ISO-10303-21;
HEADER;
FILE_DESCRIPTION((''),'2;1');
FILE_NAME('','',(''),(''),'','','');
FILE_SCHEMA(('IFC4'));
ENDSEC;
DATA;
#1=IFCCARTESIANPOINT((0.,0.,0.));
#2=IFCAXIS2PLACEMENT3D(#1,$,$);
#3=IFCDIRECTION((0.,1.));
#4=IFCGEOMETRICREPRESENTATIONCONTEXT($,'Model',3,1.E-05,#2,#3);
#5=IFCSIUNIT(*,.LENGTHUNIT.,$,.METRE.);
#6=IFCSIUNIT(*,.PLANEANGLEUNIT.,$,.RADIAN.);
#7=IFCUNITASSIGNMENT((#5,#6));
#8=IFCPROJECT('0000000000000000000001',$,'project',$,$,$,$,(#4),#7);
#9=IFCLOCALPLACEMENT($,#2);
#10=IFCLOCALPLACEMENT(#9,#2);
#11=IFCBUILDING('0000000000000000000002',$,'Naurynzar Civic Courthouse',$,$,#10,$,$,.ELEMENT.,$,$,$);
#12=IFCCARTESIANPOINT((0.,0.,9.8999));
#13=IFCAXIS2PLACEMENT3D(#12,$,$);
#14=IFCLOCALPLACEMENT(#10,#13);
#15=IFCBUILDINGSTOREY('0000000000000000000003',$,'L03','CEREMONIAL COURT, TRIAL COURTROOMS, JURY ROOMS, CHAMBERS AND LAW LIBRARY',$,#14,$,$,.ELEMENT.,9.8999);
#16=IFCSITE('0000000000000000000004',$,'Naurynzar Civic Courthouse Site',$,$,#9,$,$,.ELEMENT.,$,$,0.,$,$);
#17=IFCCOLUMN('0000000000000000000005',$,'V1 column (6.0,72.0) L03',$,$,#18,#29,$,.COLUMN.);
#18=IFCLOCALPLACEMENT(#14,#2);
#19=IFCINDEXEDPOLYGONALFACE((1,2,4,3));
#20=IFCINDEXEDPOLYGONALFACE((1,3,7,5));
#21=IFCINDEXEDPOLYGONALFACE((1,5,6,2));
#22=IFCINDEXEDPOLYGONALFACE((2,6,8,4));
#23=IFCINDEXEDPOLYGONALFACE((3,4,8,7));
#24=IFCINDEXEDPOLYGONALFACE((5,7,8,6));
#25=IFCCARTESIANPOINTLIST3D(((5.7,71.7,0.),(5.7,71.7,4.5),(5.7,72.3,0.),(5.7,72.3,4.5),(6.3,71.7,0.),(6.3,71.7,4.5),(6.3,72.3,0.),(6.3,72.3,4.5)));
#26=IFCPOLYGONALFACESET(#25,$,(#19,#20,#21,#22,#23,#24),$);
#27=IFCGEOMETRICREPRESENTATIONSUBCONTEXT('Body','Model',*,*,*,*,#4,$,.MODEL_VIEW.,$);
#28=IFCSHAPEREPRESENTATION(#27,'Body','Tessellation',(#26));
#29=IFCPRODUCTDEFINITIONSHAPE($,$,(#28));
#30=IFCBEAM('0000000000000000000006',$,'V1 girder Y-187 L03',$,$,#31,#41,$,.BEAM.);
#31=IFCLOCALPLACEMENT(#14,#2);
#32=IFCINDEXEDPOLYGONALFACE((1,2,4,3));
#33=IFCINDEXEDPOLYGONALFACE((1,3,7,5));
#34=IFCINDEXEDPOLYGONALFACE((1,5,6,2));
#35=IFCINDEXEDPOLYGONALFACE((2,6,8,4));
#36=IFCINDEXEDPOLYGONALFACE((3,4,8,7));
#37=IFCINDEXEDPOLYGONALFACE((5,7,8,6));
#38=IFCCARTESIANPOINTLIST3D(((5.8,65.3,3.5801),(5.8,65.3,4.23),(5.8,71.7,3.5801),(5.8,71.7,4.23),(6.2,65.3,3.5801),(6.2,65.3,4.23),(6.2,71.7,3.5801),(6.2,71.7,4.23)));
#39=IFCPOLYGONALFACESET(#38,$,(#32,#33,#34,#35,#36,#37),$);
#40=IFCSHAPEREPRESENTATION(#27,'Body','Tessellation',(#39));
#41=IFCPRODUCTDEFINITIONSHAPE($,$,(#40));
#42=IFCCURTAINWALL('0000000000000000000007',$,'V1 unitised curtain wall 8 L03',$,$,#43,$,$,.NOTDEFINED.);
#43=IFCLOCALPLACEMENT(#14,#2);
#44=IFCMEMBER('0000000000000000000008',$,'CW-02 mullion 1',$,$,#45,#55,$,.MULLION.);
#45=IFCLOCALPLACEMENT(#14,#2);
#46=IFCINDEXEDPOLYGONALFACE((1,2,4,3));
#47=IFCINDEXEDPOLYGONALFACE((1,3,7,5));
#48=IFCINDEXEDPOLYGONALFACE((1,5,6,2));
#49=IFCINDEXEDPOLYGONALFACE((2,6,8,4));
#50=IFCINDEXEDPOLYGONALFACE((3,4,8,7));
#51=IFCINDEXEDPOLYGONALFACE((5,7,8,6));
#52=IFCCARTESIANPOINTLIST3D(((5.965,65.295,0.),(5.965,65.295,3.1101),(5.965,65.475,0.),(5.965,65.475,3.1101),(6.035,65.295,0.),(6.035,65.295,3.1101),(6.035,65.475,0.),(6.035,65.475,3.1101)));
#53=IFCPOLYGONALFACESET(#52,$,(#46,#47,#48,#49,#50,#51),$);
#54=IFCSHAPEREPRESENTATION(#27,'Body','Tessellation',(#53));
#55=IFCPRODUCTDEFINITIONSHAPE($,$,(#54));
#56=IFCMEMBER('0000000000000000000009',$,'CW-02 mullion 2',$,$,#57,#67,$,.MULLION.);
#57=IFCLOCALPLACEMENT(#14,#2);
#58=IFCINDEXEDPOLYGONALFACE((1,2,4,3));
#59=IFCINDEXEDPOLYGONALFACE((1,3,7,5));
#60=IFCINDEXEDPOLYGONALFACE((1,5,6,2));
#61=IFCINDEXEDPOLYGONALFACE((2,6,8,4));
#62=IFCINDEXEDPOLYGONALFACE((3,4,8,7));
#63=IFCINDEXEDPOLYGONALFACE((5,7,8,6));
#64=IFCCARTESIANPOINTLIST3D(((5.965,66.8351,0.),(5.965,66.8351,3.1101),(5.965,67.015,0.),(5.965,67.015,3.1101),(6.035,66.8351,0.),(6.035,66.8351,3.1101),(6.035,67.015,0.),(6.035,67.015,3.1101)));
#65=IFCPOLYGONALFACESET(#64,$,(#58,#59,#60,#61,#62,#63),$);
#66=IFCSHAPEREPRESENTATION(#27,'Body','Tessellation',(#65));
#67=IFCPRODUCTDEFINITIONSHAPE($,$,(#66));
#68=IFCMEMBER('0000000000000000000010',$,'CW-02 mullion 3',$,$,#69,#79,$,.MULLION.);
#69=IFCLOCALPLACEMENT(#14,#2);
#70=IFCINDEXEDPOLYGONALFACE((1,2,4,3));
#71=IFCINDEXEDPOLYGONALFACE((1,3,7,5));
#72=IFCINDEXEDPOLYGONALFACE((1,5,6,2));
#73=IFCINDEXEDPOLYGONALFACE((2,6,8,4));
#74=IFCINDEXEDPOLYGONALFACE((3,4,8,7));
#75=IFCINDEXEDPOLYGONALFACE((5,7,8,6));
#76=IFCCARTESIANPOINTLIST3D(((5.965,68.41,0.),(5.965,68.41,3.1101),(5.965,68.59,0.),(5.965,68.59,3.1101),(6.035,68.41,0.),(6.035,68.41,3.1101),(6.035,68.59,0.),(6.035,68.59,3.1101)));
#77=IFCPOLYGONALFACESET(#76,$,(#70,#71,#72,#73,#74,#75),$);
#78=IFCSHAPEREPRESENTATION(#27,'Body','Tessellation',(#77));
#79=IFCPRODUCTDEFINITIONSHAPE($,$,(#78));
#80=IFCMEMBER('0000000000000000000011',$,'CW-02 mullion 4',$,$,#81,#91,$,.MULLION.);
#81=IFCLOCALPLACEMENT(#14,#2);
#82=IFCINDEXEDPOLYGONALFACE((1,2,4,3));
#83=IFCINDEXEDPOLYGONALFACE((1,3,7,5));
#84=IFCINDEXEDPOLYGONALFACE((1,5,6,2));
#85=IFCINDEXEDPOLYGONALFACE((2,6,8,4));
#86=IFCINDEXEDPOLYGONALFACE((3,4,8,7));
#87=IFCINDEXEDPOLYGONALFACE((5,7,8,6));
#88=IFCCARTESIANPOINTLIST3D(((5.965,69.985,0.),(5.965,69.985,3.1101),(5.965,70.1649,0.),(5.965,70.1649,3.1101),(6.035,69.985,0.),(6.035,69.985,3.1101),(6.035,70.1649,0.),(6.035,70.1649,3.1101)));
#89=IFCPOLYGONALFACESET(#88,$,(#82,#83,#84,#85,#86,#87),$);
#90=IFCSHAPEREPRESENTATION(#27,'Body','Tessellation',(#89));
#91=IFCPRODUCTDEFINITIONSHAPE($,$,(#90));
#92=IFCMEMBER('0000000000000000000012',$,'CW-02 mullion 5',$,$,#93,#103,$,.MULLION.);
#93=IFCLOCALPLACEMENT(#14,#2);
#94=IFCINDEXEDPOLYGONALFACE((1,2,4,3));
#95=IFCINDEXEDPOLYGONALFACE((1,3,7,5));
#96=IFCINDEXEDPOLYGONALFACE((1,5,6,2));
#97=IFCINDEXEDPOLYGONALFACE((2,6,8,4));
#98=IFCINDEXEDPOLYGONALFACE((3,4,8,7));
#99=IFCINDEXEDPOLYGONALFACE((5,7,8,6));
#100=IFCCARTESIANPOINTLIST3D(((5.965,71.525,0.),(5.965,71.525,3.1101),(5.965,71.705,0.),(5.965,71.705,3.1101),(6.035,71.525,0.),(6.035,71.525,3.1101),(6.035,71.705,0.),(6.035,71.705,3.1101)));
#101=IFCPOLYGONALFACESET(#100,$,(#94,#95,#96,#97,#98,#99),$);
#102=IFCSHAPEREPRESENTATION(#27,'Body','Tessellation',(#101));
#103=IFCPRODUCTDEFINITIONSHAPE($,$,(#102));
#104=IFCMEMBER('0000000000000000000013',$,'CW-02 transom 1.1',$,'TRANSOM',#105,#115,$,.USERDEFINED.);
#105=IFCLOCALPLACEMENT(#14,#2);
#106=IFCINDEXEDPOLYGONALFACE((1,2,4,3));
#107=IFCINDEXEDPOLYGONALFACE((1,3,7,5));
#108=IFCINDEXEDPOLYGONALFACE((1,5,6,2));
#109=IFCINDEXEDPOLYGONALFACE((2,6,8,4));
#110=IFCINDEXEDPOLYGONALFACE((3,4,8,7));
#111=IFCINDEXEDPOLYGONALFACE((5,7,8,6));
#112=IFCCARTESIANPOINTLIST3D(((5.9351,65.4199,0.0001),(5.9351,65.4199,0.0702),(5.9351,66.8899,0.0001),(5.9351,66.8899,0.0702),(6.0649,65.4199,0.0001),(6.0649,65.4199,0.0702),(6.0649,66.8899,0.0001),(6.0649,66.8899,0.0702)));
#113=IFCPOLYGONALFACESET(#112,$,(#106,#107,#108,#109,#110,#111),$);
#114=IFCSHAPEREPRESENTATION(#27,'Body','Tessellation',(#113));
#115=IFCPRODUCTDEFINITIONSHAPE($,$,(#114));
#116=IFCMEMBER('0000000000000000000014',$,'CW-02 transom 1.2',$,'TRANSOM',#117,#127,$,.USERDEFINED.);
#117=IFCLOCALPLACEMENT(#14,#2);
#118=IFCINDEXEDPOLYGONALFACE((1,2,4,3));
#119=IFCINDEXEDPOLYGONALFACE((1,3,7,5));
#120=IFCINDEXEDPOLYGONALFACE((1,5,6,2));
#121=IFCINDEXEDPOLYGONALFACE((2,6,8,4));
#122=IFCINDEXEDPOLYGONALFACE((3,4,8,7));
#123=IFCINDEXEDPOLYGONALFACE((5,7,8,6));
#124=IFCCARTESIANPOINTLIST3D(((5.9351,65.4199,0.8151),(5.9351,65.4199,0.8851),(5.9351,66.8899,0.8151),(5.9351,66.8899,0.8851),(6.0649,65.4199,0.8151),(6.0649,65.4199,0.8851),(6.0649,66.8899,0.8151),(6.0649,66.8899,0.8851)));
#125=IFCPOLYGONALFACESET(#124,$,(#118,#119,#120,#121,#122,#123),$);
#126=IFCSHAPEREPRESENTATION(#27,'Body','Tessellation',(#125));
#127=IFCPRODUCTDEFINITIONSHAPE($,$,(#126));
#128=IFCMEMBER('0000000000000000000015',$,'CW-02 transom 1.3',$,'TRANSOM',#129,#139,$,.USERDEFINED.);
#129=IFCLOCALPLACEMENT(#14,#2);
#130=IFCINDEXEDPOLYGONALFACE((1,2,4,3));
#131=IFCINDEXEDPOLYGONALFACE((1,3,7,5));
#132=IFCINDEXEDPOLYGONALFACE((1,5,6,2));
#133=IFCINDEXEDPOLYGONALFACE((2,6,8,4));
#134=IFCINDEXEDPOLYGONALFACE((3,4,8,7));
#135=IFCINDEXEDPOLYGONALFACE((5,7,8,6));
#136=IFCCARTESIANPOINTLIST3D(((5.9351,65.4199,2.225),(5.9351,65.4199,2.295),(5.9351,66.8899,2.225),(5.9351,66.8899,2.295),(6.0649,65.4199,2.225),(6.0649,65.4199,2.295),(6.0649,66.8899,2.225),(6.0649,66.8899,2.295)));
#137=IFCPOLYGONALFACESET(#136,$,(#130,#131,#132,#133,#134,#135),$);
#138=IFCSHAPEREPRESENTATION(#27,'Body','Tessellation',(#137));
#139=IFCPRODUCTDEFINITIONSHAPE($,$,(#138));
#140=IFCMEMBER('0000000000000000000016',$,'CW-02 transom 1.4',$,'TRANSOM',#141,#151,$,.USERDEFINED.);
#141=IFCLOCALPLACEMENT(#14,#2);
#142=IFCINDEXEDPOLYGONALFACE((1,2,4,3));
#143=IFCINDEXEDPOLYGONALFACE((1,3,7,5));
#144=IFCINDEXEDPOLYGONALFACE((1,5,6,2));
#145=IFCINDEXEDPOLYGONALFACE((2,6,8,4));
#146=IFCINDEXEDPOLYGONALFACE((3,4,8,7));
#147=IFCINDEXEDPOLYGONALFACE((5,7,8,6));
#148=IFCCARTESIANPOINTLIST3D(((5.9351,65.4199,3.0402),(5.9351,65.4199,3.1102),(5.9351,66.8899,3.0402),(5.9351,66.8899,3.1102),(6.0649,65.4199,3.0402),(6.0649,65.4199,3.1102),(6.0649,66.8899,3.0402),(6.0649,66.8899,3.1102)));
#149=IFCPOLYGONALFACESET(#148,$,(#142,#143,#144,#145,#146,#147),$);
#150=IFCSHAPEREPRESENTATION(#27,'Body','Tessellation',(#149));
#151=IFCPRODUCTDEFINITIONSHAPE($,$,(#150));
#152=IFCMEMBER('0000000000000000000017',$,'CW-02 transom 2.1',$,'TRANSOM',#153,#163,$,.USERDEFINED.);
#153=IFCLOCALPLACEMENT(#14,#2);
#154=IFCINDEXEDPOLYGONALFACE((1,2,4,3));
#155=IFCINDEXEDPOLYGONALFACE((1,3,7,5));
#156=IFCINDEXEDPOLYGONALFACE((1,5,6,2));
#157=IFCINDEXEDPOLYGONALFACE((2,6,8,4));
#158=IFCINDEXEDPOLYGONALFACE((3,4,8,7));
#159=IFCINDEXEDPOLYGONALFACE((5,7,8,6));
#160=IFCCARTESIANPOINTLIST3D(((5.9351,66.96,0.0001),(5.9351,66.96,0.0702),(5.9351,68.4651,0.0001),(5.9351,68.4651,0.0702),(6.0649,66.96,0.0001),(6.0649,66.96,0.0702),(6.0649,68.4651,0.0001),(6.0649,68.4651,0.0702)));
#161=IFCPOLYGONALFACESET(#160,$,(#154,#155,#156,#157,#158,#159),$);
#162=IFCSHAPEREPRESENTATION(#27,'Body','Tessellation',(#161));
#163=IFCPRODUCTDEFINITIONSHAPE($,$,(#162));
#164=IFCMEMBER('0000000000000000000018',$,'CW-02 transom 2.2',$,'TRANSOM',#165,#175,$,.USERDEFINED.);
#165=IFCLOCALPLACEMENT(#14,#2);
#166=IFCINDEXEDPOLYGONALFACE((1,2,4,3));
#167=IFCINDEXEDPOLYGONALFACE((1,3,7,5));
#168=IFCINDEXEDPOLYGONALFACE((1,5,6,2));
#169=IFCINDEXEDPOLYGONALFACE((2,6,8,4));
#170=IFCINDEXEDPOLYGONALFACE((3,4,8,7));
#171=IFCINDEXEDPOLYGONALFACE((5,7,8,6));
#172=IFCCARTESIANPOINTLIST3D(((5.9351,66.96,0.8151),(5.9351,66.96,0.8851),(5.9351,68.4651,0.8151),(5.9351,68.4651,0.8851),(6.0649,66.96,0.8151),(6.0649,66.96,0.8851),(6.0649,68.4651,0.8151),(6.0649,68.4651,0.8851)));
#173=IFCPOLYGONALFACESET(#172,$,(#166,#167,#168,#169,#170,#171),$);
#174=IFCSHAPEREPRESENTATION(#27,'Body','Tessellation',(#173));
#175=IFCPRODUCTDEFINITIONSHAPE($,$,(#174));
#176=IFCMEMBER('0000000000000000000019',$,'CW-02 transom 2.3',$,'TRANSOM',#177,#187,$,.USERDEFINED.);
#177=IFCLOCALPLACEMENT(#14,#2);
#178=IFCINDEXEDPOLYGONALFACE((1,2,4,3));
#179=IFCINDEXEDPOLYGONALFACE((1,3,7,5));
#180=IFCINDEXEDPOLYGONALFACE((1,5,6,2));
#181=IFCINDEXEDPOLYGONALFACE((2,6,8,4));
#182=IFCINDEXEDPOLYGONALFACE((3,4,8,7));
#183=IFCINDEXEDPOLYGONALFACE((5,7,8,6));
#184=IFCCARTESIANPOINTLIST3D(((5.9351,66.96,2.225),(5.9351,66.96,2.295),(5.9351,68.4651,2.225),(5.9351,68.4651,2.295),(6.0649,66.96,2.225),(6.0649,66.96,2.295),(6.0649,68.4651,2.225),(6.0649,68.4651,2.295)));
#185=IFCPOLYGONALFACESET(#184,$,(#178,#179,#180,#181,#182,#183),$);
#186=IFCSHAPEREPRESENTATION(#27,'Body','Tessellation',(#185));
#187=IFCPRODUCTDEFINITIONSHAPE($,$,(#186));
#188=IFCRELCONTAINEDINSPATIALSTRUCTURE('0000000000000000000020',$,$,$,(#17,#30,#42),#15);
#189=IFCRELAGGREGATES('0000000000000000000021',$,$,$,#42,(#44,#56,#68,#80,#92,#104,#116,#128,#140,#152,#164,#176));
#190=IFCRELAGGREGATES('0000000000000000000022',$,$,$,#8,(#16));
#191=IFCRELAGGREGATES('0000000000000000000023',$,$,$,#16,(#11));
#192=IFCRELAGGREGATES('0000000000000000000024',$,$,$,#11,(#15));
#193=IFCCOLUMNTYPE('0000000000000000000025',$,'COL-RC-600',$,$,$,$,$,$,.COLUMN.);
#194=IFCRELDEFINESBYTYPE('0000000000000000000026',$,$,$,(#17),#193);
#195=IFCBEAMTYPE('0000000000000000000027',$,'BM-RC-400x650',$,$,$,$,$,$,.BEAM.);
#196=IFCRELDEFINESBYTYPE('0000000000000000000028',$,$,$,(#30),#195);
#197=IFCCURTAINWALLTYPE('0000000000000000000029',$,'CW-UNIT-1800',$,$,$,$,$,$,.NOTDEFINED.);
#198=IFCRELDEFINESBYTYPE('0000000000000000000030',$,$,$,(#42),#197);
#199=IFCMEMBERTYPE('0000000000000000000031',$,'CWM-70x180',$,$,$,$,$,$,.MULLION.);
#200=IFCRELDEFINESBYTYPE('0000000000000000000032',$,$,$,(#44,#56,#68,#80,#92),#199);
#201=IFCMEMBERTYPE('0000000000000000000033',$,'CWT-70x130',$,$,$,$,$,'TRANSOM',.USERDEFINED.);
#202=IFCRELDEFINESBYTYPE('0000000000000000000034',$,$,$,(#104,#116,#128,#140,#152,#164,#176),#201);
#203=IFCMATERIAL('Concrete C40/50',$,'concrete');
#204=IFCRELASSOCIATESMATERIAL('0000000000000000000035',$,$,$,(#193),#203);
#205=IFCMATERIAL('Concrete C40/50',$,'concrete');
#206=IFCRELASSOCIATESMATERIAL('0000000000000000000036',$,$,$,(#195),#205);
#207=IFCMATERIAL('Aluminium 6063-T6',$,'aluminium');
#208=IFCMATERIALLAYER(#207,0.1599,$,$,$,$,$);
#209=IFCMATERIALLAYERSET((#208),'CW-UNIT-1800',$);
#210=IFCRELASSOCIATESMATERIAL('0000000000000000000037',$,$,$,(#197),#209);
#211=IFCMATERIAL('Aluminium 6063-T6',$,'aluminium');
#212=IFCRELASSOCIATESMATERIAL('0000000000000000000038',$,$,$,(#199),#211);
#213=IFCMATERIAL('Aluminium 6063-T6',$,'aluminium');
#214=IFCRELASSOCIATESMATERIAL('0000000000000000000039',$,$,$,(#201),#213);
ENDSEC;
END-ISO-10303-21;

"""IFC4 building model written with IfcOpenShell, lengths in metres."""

from ifc_helpers import new_model, si_unit, direction, frame, origin, origin_2d, place, context, subcontext, project, spatial, rectangle, extrude, material, layer, layer_set, material_profile, profile_set, type_object, element, aggregate, save


model = new_model("IFC4")

# Units and contexts
model_context = context("Model", 3, precision=1e-05, world=origin(), true_north=direction((0.0, 1.0)))
body_context = subcontext(model_context, "Body", "Model", "MODEL_VIEW")
ifc_project = project(units=[si_unit("LENGTHUNIT", "METRE"), si_unit("PLANEANGLEUNIT", "RADIAN")], contexts=[model_context])

# Site, building, storey
site_placement = place(None, origin())
site = spatial("IfcSite", under=ifc_project, at=site_placement, Name="Naurynzar Civic Courthouse Site", CompositionType="ELEMENT", RefElevation=0.0)
building_placement = place(site_placement, origin())
building = spatial("IfcBuilding", under=site, at=building_placement, Name="Naurynzar Civic Courthouse", CompositionType="ELEMENT")
storey_placement = place(building_placement, frame((0.0, 0.0, 9.8999)))
storey = spatial("IfcBuildingStorey", under=building, at=storey_placement, Name="L03", Description="CEREMONIAL COURT, TRIAL COURTROOMS, JURY ROOMS, CHAMBERS AND LAW LIBRARY", CompositionType="ELEMENT", Elevation=9.8999)

# Column
ifc_material_1 = material(Name="Concrete C40/50", Category="concrete")
ifc_material_profile_1 = material_profile(ifc_material_1, rectangle(XDim=0.6001, YDim=0.6001, at=origin_2d()), Name="RC 600x600")
ifc_profile_set_1 = profile_set([ifc_material_profile_1], Name="Concrete C40/50")
column_type = type_object("IfcColumnType", Name="COL-RC-600", PredefinedType="COLUMN", material=ifc_profile_set_1)
column_placement = place(storey_placement, frame((6.0, 72.0, 0.0), z_axis=(0.0, 0.0, 1.0), x_axis=(1.0, 0.0, 0.0)))
element("IfcColumn", 1, at=column_placement, inside=storey, type_object=column_type, Name="V1 column (6.0,72.0) L03", PredefinedType="COLUMN", context=body_context, shape_type="SweptSolid", body=[
    extrude(rectangle(XDim=0.6001, YDim=0.6001, at=origin_2d()), origin(), (0.0, 0.0, 1.0), 4.5),
])

# Beam
ifc_material_2 = material(Name="Concrete C40/50", Category="concrete")
ifc_material_profile_2 = material_profile(ifc_material_2, rectangle(XDim=0.3999, YDim=0.6499, at=origin_2d()), Name="RCB 400x650")
ifc_profile_set_2 = profile_set([ifc_material_profile_2], Name="Concrete C40/50")
beam_type = type_object("IfcBeamType", Name="BM-RC-400x650", PredefinedType="BEAM", material=ifc_profile_set_2)
beam_placement = place(storey_placement, frame((6.0, 65.3, 3.905), z_axis=(0.0, 1.0, 0.0), x_axis=(-1.0, 0.0, 0.0)))
element("IfcBeam", 2, at=beam_placement, inside=storey, type_object=beam_type, Name="V1 girder Y-187 L03", PredefinedType="BEAM", context=body_context, shape_type="SweptSolid", body=[
    extrude(rectangle(XDim=0.3999, YDim=0.6499, at=origin_2d()), origin(), (0.0, 0.0, 1.0), 6.3999),
])

# Curtain wall, members
ifc_material_3 = material(Name="Aluminium 6063-T6", Category="aluminium")
ifc_layer_1 = layer(ifc_material_3, 0.1599)
ifc_layer_set_1 = layer_set([ifc_layer_1], Name="CW-UNIT-1800")
curtain_wall_type = type_object("IfcCurtainWallType", Name="CW-UNIT-1800", PredefinedType="NOTDEFINED", material=ifc_layer_set_1)
curtain_wall_placement = place(storey_placement, origin())
curtain_wall = element("IfcCurtainWall", 3, at=curtain_wall_placement, inside=storey, type_object=curtain_wall_type, Name="V1 unitised curtain wall 8 L03", PredefinedType="NOTDEFINED")
ifc_material_4 = material(Name="Aluminium 6063-T6", Category="aluminium")
ifc_material_profile_3 = material_profile(ifc_material_4, rectangle(XDim=0.0701, YDim=0.1799, at=origin_2d()), Name="ALU MULLION 70x180")
ifc_profile_set_3 = profile_set([ifc_material_profile_3], Name="Aluminium 6063-T6")
member_type_1 = type_object("IfcMemberType", Name="CWM-70x180", PredefinedType="MULLION", material=ifc_profile_set_3)
member_1_placement = place(storey_placement, frame((6.0, 65.385, 0.0), z_axis=(0.0, 0.0, 1.0), x_axis=(-1.0, 0.0, 0.0)))
member_1 = element("IfcMember", 4, at=member_1_placement, type_object=member_type_1, Name="CW-02 mullion 1", PredefinedType="MULLION", context=body_context, shape_type="SweptSolid", body=[
    extrude(rectangle(XDim=0.0701, YDim=0.1799, at=origin_2d()), origin(), (0.0, 0.0, 1.0), 3.1101),
])
member_2_placement = place(storey_placement, frame((6.0, 66.925, 0.0), z_axis=(0.0, 0.0, 1.0), x_axis=(-1.0, 0.0, 0.0)))
member_2 = element("IfcMember", 5, at=member_2_placement, type_object=member_type_1, Name="CW-02 mullion 2", PredefinedType="MULLION", context=body_context, shape_type="SweptSolid", body=[
    extrude(rectangle(XDim=0.0701, YDim=0.1799, at=origin_2d()), origin(), (0.0, 0.0, 1.0), 3.1101),
])
member_3_placement = place(storey_placement, frame((6.0, 68.5, 0.0), z_axis=(0.0, 0.0, 1.0), x_axis=(-1.0, 0.0, 0.0)))
member_3 = element("IfcMember", 6, at=member_3_placement, type_object=member_type_1, Name="CW-02 mullion 3", PredefinedType="MULLION", context=body_context, shape_type="SweptSolid", body=[
    extrude(rectangle(XDim=0.0701, YDim=0.1799, at=origin_2d()), origin(), (0.0, 0.0, 1.0), 3.1101),
])
member_4_placement = place(storey_placement, frame((6.0, 70.075, 0.0), z_axis=(0.0, 0.0, 1.0), x_axis=(-1.0, 0.0, 0.0)))
member_4 = element("IfcMember", 7, at=member_4_placement, type_object=member_type_1, Name="CW-02 mullion 4", PredefinedType="MULLION", context=body_context, shape_type="SweptSolid", body=[
    extrude(rectangle(XDim=0.0701, YDim=0.1799, at=origin_2d()), origin(), (0.0, 0.0, 1.0), 3.1101),
])
member_5_placement = place(storey_placement, frame((6.0, 71.615, 0.0), z_axis=(0.0, 0.0, 1.0), x_axis=(-1.0, 0.0, 0.0)))
member_5 = element("IfcMember", 8, at=member_5_placement, type_object=member_type_1, Name="CW-02 mullion 5", PredefinedType="MULLION", context=body_context, shape_type="SweptSolid", body=[
    extrude(rectangle(XDim=0.0701, YDim=0.1799, at=origin_2d()), origin(), (0.0, 0.0, 1.0), 3.1101),
])
ifc_material_5 = material(Name="Aluminium 6063-T6", Category="aluminium")
ifc_material_profile_4 = material_profile(ifc_material_5, rectangle(XDim=0.1299, YDim=0.0701, at=origin_2d()), Name="ALU TRANSOM 70x130")
ifc_profile_set_4 = profile_set([ifc_material_profile_4], Name="Aluminium 6063-T6")
member_type_2 = type_object("IfcMemberType", Name="CWT-70x130", ElementType="TRANSOM", PredefinedType="USERDEFINED", material=ifc_profile_set_4)
member_6_placement = place(storey_placement, frame((6.0, 65.4199, 0.0352), z_axis=(0.0, 1.0, 0.0), x_axis=(-1.0, 0.0, 0.0)))
member_6 = element("IfcMember", 9, at=member_6_placement, type_object=member_type_2, Name="CW-02 transom 1.1", ObjectType="TRANSOM", PredefinedType="USERDEFINED", context=body_context, shape_type="SweptSolid", body=[
    extrude(rectangle(XDim=0.1299, YDim=0.0701, at=origin_2d()), origin(), (0.0, 0.0, 1.0), 1.47),
])
member_7_placement = place(storey_placement, frame((6.0, 65.4199, 0.8501), z_axis=(0.0, 1.0, 0.0), x_axis=(-1.0, 0.0, 0.0)))
member_7 = element("IfcMember", 10, at=member_7_placement, type_object=member_type_2, Name="CW-02 transom 1.2", ObjectType="TRANSOM", PredefinedType="USERDEFINED", context=body_context, shape_type="SweptSolid", body=[
    extrude(rectangle(XDim=0.1299, YDim=0.0701, at=origin_2d()), origin(), (0.0, 0.0, 1.0), 1.47),
])
member_8_placement = place(storey_placement, frame((6.0, 65.4199, 2.26), z_axis=(0.0, 1.0, 0.0), x_axis=(-1.0, 0.0, 0.0)))
member_8 = element("IfcMember", 11, at=member_8_placement, type_object=member_type_2, Name="CW-02 transom 1.3", ObjectType="TRANSOM", PredefinedType="USERDEFINED", context=body_context, shape_type="SweptSolid", body=[
    extrude(rectangle(XDim=0.1299, YDim=0.0701, at=origin_2d()), origin(), (0.0, 0.0, 1.0), 1.47),
])
member_9_placement = place(storey_placement, frame((6.0, 65.4199, 3.0752), z_axis=(0.0, 1.0, 0.0), x_axis=(-1.0, 0.0, 0.0)))
member_9 = element("IfcMember", 12, at=member_9_placement, type_object=member_type_2, Name="CW-02 transom 1.4", ObjectType="TRANSOM", PredefinedType="USERDEFINED", context=body_context, shape_type="SweptSolid", body=[
    extrude(rectangle(XDim=0.1299, YDim=0.0701, at=origin_2d()), origin(), (0.0, 0.0, 1.0), 1.47),
])
member_10_placement = place(storey_placement, frame((6.0, 66.96, 0.0352), z_axis=(0.0, 1.0, 0.0), x_axis=(-1.0, 0.0, 0.0)))
member_10 = element("IfcMember", 13, at=member_10_placement, type_object=member_type_2, Name="CW-02 transom 2.1", ObjectType="TRANSOM", PredefinedType="USERDEFINED", context=body_context, shape_type="SweptSolid", body=[
    extrude(rectangle(XDim=0.1299, YDim=0.0701, at=origin_2d()), origin(), (0.0, 0.0, 1.0), 1.5051),
])
member_11_placement = place(storey_placement, frame((6.0, 66.96, 0.8501), z_axis=(0.0, 1.0, 0.0), x_axis=(-1.0, 0.0, 0.0)))
member_11 = element("IfcMember", 14, at=member_11_placement, type_object=member_type_2, Name="CW-02 transom 2.2", ObjectType="TRANSOM", PredefinedType="USERDEFINED", context=body_context, shape_type="SweptSolid", body=[
    extrude(rectangle(XDim=0.1299, YDim=0.0701, at=origin_2d()), origin(), (0.0, 0.0, 1.0), 1.5051),
])
member_12_placement = place(storey_placement, frame((6.0, 66.96, 2.26), z_axis=(0.0, 1.0, 0.0), x_axis=(-1.0, 0.0, 0.0)))
member_12 = element("IfcMember", 15, at=member_12_placement, type_object=member_type_2, Name="CW-02 transom 2.3", ObjectType="TRANSOM", PredefinedType="USERDEFINED", context=body_context, shape_type="SweptSolid", body=[
    extrude(rectangle(XDim=0.1299, YDim=0.0701, at=origin_2d()), origin(), (0.0, 0.0, 1.0), 1.5051),
])
aggregate(curtain_wall, [member_1, member_2, member_3, member_4, member_5, member_6, member_7, member_8, member_9, member_10, member_11, member_12])

save(model, "model.ifc")
